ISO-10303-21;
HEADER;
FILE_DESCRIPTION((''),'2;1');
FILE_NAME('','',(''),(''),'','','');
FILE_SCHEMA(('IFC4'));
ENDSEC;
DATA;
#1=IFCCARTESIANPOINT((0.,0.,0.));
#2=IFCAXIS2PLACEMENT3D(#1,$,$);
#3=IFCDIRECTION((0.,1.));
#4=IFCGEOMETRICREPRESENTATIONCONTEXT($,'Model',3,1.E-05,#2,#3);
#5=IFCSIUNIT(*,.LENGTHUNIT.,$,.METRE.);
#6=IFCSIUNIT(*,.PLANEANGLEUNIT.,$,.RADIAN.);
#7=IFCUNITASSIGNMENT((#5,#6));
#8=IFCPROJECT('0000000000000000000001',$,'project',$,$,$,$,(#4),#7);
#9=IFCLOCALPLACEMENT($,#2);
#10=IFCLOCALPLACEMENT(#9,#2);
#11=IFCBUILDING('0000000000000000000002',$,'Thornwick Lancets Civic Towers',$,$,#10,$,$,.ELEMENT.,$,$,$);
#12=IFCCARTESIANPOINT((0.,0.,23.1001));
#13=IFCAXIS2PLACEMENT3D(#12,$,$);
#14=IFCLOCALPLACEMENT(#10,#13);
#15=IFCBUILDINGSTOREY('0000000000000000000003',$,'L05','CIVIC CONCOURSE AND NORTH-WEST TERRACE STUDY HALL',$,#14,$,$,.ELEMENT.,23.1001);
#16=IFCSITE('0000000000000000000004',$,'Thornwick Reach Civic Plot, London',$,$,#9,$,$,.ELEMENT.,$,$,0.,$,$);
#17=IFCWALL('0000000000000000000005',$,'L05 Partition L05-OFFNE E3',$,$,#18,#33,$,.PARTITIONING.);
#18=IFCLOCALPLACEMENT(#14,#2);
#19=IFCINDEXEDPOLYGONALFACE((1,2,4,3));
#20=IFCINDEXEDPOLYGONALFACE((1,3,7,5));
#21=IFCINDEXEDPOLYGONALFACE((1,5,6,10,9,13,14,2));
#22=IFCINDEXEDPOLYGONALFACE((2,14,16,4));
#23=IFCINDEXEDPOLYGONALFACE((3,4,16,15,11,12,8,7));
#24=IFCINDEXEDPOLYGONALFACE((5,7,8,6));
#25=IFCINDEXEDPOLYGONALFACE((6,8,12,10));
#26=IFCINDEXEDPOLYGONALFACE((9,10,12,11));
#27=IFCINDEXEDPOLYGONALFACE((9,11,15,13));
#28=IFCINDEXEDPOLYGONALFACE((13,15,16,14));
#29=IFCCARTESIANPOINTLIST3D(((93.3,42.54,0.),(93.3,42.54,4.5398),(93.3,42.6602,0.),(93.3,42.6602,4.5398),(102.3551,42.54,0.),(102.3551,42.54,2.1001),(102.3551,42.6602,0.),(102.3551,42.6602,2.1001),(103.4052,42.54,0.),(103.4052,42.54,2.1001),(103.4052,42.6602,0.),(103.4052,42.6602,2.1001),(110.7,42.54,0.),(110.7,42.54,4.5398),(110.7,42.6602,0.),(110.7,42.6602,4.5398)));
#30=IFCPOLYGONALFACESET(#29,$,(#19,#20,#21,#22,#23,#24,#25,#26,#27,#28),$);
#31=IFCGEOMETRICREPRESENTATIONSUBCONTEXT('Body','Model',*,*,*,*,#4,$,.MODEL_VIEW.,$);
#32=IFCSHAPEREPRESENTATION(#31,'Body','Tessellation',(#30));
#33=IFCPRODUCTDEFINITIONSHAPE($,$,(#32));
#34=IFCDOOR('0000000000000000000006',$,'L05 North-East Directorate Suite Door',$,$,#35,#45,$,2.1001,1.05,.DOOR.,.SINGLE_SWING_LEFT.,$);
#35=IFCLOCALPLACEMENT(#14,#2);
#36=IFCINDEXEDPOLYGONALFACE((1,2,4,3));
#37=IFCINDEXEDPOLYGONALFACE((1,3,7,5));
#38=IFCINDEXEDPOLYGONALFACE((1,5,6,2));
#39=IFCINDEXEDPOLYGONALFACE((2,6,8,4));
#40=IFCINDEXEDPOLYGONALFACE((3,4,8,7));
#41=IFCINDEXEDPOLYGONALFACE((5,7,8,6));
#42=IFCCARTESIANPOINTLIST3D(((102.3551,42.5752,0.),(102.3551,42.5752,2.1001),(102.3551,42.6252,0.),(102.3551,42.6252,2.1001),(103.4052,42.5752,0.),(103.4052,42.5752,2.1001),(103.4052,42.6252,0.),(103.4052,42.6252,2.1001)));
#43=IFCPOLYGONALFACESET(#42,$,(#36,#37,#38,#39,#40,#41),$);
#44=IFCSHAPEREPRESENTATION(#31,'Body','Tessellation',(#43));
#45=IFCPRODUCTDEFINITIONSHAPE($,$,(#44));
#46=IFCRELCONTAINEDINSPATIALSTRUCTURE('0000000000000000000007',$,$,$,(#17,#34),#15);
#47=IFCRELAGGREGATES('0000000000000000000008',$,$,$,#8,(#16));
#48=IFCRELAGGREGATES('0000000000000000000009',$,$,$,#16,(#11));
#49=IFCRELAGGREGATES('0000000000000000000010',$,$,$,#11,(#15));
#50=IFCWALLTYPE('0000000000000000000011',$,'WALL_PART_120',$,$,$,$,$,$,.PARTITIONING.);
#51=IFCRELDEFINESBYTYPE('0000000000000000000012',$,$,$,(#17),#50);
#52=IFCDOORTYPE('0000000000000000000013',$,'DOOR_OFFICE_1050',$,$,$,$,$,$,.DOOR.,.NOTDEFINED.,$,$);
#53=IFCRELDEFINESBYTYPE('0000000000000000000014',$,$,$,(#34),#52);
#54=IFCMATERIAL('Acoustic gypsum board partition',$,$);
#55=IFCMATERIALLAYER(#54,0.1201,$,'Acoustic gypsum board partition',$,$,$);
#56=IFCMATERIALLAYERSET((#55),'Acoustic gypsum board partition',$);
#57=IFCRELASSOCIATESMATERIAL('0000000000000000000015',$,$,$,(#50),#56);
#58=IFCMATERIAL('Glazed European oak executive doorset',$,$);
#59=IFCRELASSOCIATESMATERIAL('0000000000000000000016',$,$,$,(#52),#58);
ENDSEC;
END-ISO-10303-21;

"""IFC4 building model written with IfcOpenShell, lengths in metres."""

from ifc_helpers import new_model, si_unit, direction, frame, frame_2d, origin, place, context, subcontext, project, spatial, rectangle, extrude, material, layer, layer_set, type_object, element, fill, save


model = new_model("IFC4")

# Units and contexts
model_context = context("Model", 3, precision=1e-05, world=origin(), true_north=direction((0.0, 1.0)))
body_context = subcontext(model_context, "Body", "Model", "MODEL_VIEW")
ifc_project = project(units=[si_unit("LENGTHUNIT", "METRE"), si_unit("PLANEANGLEUNIT", "RADIAN")], contexts=[model_context])

# Site, building, storey
site_placement = place(None, origin())
site = spatial("IfcSite", under=ifc_project, at=site_placement, Name="Thornwick Reach Civic Plot, London", CompositionType="ELEMENT", RefElevation=0.0)
building_placement = place(site_placement, origin())
building = spatial("IfcBuilding", under=site, at=building_placement, Name="Thornwick Lancets Civic Towers", CompositionType="ELEMENT")
storey_placement = place(building_placement, frame((0.0, 0.0, 23.1001)))
storey = spatial("IfcBuildingStorey", under=building, at=storey_placement, Name="L05", Description="CIVIC CONCOURSE AND NORTH-WEST TERRACE STUDY HALL", CompositionType="ELEMENT", Elevation=23.1001)

# Shared definitions
ifc_material_1 = material(Name="Acoustic gypsum board partition")
ifc_layer_1 = layer(ifc_material_1, 0.1201, Name="Acoustic gypsum board partition")
ifc_layer_set_1 = layer_set([ifc_layer_1], Name="Acoustic gypsum board partition")
wall_type_1 = type_object("IfcWallType", Name="WALL_PART_120", PredefinedType="PARTITIONING", material=ifc_layer_set_1)
ifc_material_2 = material(Name="Glazed European oak executive doorset")
door_type_1 = type_object("IfcDoorType", Name="DOOR_OFFICE_1050", OperationType="NOTDEFINED", PredefinedType="DOOR", material=ifc_material_2)

# Wall, opening, door
wall_1_placement = place(storey_placement, frame((110.7, 42.6001, 0.0), z_axis=(0.0, 0.0, 1.0), x_axis=(-1.0, 0.0, 0.0)))
wall_1 = element("IfcWall", 1, at=wall_1_placement, inside=storey, type_object=wall_type_1, Name="L05 Partition L05-OFFNE E3", PredefinedType="PARTITIONING", context=body_context, shape_type="SweptSolid", body=[
    extrude(rectangle(XDim=17.3999, YDim=0.1201, at=frame_2d((8.7, 0.0))), origin(), (0.0, 0.0, 1.0), 4.5398),
])
opening_1_placement = place(wall_1_placement, frame((7.2949, 0.0, 0.0)))
opening_1 = element("IfcOpeningElement", 2, at=opening_1_placement, cuts=wall_1, PredefinedType="OPENING", context=body_context, shape_type="SweptSolid", body=[
    extrude(rectangle(XDim=1.05, YDim=2.1001, at=frame_2d((0.5249, 1.05))), frame((0.0, 0.0701, 0.0), z_axis=(0.0, -1.0, 0.0), x_axis=(1.0, 0.0, 0.0)), (0.0, 0.0, 1.0), 0.1401),
])
door_1_placement = place(opening_1_placement, origin())
door_1 = element("IfcDoor", 3, at=door_1_placement, inside=storey, type_object=door_type_1, Name="L05 North-East Directorate Suite Door", OperationType="SINGLE_SWING_LEFT", OverallHeight=2.1001, OverallWidth=1.05, PredefinedType="DOOR", context=body_context, shape_type="SweptSolid", body=[
    extrude(rectangle(XDim=1.05, YDim=2.1001, at=frame_2d((0.5249, 1.05))), frame((0.0, 0.0249, 0.0), z_axis=(0.0, -1.0, 0.0), x_axis=(1.0, 0.0, 0.0)), (0.0, 0.0, 1.0), 0.05),
])
fill(opening_1, door_1)

save(model, "model.ifc")
